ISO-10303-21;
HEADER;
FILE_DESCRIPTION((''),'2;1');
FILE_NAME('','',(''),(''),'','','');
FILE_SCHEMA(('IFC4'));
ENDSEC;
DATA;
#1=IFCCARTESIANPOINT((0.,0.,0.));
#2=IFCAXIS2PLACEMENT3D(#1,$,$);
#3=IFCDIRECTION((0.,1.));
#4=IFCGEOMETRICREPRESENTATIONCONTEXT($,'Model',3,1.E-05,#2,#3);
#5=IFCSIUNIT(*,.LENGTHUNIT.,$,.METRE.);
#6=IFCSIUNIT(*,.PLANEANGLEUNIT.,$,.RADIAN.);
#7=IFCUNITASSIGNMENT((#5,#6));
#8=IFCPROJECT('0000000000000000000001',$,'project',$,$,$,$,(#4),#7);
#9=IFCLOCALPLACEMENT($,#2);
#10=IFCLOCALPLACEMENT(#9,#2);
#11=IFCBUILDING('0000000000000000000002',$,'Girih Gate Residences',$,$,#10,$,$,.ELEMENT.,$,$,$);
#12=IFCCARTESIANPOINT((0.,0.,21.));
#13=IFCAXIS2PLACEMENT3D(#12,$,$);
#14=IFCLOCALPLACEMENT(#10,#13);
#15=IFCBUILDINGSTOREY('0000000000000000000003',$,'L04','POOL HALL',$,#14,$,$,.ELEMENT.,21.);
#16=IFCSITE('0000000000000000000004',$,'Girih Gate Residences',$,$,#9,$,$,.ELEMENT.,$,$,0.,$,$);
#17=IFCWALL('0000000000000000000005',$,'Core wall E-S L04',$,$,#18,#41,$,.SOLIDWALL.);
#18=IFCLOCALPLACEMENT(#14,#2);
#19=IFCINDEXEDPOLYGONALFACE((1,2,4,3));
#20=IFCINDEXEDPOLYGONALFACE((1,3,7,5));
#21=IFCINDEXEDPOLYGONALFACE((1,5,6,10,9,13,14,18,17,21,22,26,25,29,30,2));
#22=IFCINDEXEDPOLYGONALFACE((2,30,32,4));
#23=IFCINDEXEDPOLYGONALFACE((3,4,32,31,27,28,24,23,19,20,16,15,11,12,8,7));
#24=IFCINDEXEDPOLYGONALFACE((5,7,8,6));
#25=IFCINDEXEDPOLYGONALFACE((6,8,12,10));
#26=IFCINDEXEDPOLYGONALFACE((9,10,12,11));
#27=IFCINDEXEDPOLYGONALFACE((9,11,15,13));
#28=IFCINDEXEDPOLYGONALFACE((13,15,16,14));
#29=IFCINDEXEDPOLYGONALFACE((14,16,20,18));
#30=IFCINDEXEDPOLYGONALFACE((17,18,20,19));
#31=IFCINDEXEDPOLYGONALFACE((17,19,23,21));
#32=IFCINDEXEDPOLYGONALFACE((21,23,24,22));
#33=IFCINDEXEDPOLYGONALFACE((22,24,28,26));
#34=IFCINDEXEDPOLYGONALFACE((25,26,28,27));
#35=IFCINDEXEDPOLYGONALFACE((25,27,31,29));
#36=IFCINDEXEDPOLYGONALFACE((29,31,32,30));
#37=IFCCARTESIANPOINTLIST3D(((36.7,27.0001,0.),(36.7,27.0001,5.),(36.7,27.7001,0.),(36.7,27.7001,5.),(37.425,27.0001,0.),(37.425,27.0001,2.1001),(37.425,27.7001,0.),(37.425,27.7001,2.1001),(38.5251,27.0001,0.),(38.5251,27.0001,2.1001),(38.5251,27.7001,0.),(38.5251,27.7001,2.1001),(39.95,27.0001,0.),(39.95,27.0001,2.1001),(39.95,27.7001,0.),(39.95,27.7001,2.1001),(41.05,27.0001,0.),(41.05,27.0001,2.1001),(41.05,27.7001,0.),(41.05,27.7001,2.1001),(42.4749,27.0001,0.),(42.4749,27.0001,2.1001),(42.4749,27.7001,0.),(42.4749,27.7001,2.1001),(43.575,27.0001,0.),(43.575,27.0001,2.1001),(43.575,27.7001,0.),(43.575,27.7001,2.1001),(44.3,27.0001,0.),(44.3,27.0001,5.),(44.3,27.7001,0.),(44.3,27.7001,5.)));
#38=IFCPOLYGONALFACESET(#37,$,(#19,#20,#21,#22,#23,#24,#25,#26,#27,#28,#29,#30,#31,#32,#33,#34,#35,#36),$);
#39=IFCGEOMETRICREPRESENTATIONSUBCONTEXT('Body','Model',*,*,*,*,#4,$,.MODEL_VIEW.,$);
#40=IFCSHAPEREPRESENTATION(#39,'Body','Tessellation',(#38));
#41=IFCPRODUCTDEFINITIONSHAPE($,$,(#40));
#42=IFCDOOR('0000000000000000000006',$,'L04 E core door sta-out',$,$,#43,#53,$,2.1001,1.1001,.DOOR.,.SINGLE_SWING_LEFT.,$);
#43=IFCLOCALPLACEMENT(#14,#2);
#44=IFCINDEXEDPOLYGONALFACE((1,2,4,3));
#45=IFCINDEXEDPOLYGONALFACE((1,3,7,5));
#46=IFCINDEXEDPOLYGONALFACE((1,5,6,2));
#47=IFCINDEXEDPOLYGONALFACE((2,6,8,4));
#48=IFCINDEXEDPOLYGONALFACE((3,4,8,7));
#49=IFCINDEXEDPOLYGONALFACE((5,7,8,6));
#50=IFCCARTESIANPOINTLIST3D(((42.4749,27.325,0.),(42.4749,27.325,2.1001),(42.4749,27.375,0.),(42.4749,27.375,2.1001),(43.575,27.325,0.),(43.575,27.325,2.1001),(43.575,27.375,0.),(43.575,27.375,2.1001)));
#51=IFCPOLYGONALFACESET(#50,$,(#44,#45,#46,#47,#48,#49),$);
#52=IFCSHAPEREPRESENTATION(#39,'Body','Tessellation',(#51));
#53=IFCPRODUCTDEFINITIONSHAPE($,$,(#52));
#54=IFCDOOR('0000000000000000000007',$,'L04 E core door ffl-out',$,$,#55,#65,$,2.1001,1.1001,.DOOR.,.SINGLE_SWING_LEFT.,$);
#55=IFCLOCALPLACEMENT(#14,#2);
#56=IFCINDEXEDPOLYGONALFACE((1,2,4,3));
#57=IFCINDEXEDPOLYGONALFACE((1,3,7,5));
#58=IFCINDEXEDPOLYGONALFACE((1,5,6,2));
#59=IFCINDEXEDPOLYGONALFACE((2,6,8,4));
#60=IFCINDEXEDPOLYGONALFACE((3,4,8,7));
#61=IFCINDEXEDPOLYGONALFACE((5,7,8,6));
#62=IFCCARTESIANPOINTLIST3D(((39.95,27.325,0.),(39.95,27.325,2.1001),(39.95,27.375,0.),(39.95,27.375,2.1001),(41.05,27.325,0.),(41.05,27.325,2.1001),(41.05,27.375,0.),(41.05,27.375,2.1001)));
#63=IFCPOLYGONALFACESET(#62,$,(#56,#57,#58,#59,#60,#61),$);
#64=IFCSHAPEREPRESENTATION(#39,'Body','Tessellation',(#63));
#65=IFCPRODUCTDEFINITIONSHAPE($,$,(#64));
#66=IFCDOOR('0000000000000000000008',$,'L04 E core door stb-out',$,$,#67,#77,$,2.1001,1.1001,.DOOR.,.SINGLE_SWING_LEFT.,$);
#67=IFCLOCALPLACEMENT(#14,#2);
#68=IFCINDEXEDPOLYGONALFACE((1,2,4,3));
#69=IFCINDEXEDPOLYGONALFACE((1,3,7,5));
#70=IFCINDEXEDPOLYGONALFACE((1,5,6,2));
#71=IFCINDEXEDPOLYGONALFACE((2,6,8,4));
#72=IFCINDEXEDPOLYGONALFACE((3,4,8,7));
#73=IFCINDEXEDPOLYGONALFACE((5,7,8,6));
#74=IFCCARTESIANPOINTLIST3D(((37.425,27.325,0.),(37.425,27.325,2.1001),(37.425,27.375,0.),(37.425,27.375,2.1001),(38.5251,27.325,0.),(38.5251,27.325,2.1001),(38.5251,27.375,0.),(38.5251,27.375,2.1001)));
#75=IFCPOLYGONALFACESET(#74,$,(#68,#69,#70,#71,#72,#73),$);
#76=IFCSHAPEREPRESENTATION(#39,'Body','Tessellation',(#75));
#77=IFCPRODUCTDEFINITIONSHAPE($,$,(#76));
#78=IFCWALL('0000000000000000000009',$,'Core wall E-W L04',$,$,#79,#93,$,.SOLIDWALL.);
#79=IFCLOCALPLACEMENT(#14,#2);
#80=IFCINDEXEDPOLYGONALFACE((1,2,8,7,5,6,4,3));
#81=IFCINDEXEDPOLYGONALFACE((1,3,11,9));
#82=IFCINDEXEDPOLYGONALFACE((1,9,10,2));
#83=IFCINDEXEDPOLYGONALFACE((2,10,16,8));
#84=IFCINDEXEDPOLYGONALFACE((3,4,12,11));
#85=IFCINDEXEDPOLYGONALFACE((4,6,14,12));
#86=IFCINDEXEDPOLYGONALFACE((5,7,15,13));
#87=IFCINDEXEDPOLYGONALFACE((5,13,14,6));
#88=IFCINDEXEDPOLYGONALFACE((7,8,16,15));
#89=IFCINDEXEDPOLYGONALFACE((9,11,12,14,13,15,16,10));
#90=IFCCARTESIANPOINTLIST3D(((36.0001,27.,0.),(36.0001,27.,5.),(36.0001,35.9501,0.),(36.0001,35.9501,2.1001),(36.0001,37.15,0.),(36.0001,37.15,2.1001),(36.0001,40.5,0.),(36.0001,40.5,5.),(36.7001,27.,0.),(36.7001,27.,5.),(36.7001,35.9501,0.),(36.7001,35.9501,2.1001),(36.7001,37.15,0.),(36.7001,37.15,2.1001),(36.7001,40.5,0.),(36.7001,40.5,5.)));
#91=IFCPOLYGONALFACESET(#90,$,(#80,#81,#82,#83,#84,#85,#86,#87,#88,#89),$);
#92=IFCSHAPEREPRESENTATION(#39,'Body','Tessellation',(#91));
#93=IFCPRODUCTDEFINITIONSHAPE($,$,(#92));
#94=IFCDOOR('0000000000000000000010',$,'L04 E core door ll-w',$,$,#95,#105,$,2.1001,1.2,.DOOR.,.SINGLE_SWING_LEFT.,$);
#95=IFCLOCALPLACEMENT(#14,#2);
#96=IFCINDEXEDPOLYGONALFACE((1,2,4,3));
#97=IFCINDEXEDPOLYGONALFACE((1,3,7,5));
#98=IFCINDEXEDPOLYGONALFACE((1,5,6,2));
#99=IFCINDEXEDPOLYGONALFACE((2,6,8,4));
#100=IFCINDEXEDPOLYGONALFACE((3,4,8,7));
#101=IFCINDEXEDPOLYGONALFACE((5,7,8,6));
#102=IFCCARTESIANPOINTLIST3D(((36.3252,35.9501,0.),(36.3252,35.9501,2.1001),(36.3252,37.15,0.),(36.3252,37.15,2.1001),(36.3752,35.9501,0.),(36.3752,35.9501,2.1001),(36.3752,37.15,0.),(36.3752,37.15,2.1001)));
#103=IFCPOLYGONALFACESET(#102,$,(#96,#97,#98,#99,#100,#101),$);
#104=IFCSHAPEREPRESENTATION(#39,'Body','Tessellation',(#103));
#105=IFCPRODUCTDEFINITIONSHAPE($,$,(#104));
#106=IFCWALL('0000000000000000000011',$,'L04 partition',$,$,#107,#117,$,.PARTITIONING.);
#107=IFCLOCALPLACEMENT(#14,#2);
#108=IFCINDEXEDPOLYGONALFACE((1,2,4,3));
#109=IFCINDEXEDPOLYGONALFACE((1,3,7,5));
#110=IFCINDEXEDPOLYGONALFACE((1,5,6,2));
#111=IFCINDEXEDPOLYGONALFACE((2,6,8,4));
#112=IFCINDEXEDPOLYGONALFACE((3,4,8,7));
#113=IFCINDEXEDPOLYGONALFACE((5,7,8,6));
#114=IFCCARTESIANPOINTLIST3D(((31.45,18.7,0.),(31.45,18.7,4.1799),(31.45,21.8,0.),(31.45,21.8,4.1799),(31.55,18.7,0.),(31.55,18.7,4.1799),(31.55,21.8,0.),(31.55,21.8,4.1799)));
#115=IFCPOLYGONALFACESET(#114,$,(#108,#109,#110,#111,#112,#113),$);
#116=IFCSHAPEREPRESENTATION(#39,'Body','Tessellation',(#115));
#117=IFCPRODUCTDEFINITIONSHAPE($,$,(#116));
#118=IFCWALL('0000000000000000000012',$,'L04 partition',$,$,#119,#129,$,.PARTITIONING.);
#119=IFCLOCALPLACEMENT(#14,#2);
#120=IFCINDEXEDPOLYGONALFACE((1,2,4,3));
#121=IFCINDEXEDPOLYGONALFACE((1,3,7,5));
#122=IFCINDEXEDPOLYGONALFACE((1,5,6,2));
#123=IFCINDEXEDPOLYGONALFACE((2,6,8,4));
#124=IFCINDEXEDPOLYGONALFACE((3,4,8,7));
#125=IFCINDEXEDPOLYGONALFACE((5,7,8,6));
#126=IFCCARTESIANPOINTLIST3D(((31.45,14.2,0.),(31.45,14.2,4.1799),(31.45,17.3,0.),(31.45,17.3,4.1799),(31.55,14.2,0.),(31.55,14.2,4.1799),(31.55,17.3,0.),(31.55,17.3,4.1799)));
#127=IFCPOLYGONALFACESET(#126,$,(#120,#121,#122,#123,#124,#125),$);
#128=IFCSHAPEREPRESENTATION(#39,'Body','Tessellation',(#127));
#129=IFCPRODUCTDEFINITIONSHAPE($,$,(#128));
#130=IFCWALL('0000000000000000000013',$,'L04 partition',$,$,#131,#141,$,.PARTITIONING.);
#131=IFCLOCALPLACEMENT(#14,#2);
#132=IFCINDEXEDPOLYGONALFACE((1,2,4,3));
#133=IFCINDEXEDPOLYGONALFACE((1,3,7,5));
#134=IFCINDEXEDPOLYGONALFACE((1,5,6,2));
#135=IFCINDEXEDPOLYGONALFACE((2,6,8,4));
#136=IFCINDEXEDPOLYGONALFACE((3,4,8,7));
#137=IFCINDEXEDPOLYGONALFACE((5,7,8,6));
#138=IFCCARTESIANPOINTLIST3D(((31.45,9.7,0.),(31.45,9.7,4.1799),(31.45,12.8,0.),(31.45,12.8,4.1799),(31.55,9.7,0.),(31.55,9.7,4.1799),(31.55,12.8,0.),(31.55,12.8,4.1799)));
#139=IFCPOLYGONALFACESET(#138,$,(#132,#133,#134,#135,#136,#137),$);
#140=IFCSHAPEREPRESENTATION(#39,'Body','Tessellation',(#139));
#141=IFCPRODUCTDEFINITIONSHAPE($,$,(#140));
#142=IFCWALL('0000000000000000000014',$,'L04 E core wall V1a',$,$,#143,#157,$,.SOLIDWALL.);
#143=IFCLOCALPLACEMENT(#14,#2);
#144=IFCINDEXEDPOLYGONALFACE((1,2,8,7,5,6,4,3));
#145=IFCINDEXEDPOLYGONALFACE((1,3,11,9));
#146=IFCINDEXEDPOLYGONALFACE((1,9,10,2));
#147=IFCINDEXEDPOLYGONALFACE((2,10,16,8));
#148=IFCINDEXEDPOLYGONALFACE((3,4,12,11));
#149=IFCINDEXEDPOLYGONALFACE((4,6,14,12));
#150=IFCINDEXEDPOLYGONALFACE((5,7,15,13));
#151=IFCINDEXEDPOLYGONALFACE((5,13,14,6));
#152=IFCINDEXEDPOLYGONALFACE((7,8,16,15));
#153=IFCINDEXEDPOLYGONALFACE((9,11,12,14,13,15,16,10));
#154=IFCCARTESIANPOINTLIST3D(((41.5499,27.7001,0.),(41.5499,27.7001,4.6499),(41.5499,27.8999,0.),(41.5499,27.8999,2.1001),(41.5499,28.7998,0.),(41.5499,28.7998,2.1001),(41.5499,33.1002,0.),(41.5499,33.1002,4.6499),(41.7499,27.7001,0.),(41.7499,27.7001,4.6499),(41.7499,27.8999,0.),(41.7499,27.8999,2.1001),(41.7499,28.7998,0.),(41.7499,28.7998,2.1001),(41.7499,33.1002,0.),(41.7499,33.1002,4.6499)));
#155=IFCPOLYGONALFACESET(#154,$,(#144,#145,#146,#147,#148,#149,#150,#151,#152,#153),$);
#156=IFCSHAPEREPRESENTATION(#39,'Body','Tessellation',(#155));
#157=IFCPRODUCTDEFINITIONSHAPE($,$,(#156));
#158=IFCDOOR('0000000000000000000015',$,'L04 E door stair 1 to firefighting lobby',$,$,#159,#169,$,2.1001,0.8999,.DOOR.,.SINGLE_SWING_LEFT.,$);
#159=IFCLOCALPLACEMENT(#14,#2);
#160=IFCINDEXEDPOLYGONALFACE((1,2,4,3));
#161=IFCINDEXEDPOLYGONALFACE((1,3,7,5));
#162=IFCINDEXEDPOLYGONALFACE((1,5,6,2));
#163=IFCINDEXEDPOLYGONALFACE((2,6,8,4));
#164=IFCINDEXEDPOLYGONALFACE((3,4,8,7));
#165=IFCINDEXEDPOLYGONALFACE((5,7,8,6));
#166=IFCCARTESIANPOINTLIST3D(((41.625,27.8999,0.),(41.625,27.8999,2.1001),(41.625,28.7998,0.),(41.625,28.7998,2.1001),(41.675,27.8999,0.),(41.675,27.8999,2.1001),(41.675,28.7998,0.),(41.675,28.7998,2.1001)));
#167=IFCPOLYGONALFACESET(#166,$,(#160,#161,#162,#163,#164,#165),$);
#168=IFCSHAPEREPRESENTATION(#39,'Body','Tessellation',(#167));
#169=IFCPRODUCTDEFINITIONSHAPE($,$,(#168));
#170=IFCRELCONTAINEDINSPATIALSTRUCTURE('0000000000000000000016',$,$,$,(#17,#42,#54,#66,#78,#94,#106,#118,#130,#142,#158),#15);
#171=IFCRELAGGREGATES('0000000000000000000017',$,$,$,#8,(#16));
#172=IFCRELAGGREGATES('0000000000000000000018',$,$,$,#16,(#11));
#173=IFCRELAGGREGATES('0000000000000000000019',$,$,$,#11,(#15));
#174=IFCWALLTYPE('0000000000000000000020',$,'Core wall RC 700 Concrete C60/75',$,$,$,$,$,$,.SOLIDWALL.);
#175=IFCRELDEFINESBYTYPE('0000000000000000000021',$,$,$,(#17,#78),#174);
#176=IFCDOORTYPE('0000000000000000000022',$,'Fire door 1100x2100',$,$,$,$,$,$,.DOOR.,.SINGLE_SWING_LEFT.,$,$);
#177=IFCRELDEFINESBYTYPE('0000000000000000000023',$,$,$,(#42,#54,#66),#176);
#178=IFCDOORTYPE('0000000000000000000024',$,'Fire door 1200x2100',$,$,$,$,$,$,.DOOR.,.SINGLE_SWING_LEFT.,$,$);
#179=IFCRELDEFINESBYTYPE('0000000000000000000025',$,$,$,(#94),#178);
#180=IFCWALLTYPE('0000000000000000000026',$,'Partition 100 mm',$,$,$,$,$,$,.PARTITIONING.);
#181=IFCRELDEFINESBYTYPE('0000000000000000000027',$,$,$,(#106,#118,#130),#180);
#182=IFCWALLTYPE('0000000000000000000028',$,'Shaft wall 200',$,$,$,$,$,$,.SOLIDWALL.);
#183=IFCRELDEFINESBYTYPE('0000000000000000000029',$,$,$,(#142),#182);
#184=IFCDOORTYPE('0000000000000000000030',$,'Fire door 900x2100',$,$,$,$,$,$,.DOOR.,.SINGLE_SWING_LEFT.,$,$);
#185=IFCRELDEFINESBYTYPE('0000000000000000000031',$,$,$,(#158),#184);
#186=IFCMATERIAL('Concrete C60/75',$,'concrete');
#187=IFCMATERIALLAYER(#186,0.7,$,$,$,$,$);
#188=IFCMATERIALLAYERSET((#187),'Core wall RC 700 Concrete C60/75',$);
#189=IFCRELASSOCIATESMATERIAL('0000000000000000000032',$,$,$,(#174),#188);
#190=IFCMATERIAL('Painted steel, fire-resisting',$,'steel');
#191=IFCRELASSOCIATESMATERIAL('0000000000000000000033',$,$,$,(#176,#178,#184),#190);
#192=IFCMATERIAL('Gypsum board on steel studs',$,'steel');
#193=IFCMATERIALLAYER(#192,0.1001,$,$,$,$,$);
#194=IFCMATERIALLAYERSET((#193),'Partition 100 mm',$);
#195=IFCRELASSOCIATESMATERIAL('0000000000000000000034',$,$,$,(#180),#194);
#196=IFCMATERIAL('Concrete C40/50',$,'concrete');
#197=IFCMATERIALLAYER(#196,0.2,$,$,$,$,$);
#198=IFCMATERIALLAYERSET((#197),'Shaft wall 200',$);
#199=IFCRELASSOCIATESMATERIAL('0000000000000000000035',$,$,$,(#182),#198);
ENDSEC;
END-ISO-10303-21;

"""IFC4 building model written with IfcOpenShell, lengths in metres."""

from ifc_helpers import new_model, si_unit, direction, frame, frame_2d, origin, place, context, subcontext, project, spatial, rectangle, extrude, material, layer, layer_set, type_object, element, fill, save


model = new_model("IFC4")

# Units and contexts
model_context = context("Model", 3, precision=1e-05, world=origin(), true_north=direction((0.0, 1.0)))
body_context = subcontext(model_context, "Body", "Model", "MODEL_VIEW")
ifc_project = project(units=[si_unit("LENGTHUNIT", "METRE"), si_unit("PLANEANGLEUNIT", "RADIAN")], contexts=[model_context])

# Site, building, storey
site_placement = place(None, origin())
site = spatial("IfcSite", under=ifc_project, at=site_placement, Name="Girih Gate Residences", CompositionType="ELEMENT", RefElevation=0.0)
building_placement = place(site_placement, origin())
building = spatial("IfcBuilding", under=site, at=building_placement, Name="Girih Gate Residences", CompositionType="ELEMENT")
storey_placement = place(building_placement, frame((0.0, 0.0, 21.0)))
storey = spatial("IfcBuildingStorey", under=building, at=storey_placement, Name="L04", Description="POOL HALL", CompositionType="ELEMENT", Elevation=21.0)

# Shared definitions
ifc_material_1 = material(Name="Concrete C60/75", Category="concrete")

# Shared definitions
ifc_material_2 = material(Name="Gypsum board on steel studs", Category="steel")

# Wall, openings, doors
ifc_layer_1 = layer(ifc_material_1, 0.7)
ifc_layer_set_1 = layer_set([ifc_layer_1], Name="Core wall RC 700 Concrete C60/75")
wall_type_1 = type_object("IfcWallType", Name="Core wall RC 700 Concrete C60/75", PredefinedType="SOLIDWALL", material=ifc_layer_set_1)
wall_1_placement = place(storey_placement, frame((36.7, 27.3501, 0.0), z_axis=(0.0, 0.0, 1.0), x_axis=(1.0, 0.0, 0.0)))
wall_1 = element("IfcWall", 1, at=wall_1_placement, inside=storey, type_object=wall_type_1, Name="Core wall E-S L04", PredefinedType="SOLIDWALL", context=body_context, shape_type="SweptSolid", body=[
    extrude(rectangle(XDim=7.6001, YDim=0.7, at=frame_2d((3.8, 0.0))), origin(), (0.0, 0.0, 1.0), 5.0),
])
opening_1_placement = place(wall_1_placement, frame((5.7749, 0.0, 0.0)))
opening_1 = element("IfcOpeningElement", 2, at=opening_1_placement, cuts=wall_1, PredefinedType="OPENING", context=body_context, shape_type="SweptSolid", body=[
    extrude(rectangle(XDim=1.1001, YDim=2.1001, at=frame_2d((0.55, 1.05))), frame((0.0, 0.3599, 0.0), z_axis=(0.0, -1.0, 0.0), x_axis=(1.0, 0.0, 0.0)), (0.0, 0.0, 1.0), 0.72),
])
opening_2_placement = place(wall_1_placement, frame((3.25, 0.0, 0.0)))
opening_2 = element("IfcOpeningElement", 3, at=opening_2_placement, cuts=wall_1, PredefinedType="OPENING", context=body_context, shape_type="SweptSolid", body=[
    extrude(rectangle(XDim=1.1001, YDim=2.1001, at=frame_2d((0.55, 1.05))), frame((0.0, 0.3599, 0.0), z_axis=(0.0, -1.0, 0.0), x_axis=(1.0, 0.0, 0.0)), (0.0, 0.0, 1.0), 0.72),
])
opening_3_placement = place(wall_1_placement, frame((0.7251, 0.0, 0.0)))
opening_3 = element("IfcOpeningElement", 4, at=opening_3_placement, cuts=wall_1, PredefinedType="OPENING", context=body_context, shape_type="SweptSolid", body=[
    extrude(rectangle(XDim=1.1001, YDim=2.1001, at=frame_2d((0.55, 1.05))), frame((0.0, 0.3599, 0.0), z_axis=(0.0, -1.0, 0.0), x_axis=(1.0, 0.0, 0.0)), (0.0, 0.0, 1.0), 0.72),
])
ifc_material_3 = material(Name="Painted steel, fire-resisting", Category="steel")
door_type_1 = type_object("IfcDoorType", Name="Fire door 1100x2100", OperationType="SINGLE_SWING_LEFT", PredefinedType="DOOR", material=ifc_material_3)
door_1_placement = place(opening_1_placement, origin())
door_1 = element("IfcDoor", 5, at=door_1_placement, inside=storey, type_object=door_type_1, Name="L04 E core door sta-out", OperationType="SINGLE_SWING_LEFT", OverallHeight=2.1001, OverallWidth=1.1001, PredefinedType="DOOR", context=body_context, shape_type="SweptSolid", body=[
    extrude(rectangle(XDim=1.1001, YDim=2.1001, at=frame_2d((0.55, 1.05))), frame((0.0, 0.0249, 0.0), z_axis=(0.0, -1.0, 0.0), x_axis=(1.0, 0.0, 0.0)), (0.0, 0.0, 1.0), 0.05),
])
fill(opening_1, door_1)
door_2_placement = place(opening_2_placement, origin())
door_2 = element("IfcDoor", 6, at=door_2_placement, inside=storey, type_object=door_type_1, Name="L04 E core door ffl-out", OperationType="SINGLE_SWING_LEFT", OverallHeight=2.1001, OverallWidth=1.1001, PredefinedType="DOOR", context=body_context, shape_type="SweptSolid", body=[
    extrude(rectangle(XDim=1.1001, YDim=2.1001, at=frame_2d((0.55, 1.05))), frame((0.0, 0.0249, 0.0), z_axis=(0.0, -1.0, 0.0), x_axis=(1.0, 0.0, 0.0)), (0.0, 0.0, 1.0), 0.05),
])
fill(opening_2, door_2)
door_3_placement = place(opening_3_placement, origin())
door_3 = element("IfcDoor", 7, at=door_3_placement, inside=storey, type_object=door_type_1, Name="L04 E core door stb-out", OperationType="SINGLE_SWING_LEFT", OverallHeight=2.1001, OverallWidth=1.1001, PredefinedType="DOOR", context=body_context, shape_type="SweptSolid", body=[
    extrude(rectangle(XDim=1.1001, YDim=2.1001, at=frame_2d((0.55, 1.05))), frame((0.0, 0.0249, 0.0), z_axis=(0.0, -1.0, 0.0), x_axis=(1.0, 0.0, 0.0)), (0.0, 0.0, 1.0), 0.05),
])
fill(opening_3, door_3)

# Wall, opening, door
wall_2_placement = place(storey_placement, frame((36.3501, 27.0, 0.0), z_axis=(0.0, 0.0, 1.0), x_axis=(0.0, 1.0, 0.0)))
wall_2 = element("IfcWall", 8, at=wall_2_placement, inside=storey, type_object=wall_type_1, Name="Core wall E-W L04", PredefinedType="SOLIDWALL", context=body_context, shape_type="SweptSolid", body=[
    extrude(rectangle(XDim=13.5, YDim=0.7, at=frame_2d((6.75, 0.0))), origin(), (0.0, 0.0, 1.0), 5.0),
])
opening_4_placement = place(wall_2_placement, frame((8.95, 0.0, 0.0)))
opening_4 = element("IfcOpeningElement", 9, at=opening_4_placement, cuts=wall_2, PredefinedType="OPENING", context=body_context, shape_type="SweptSolid", body=[
    extrude(rectangle(XDim=1.2, YDim=2.1001, at=frame_2d((0.6001, 1.05))), frame((0.0, 0.3599, 0.0), z_axis=(0.0, -1.0, 0.0), x_axis=(1.0, 0.0, 0.0)), (0.0, 0.0, 1.0), 0.72),
])
door_type_2 = type_object("IfcDoorType", Name="Fire door 1200x2100", OperationType="SINGLE_SWING_LEFT", PredefinedType="DOOR", material=ifc_material_3)
door_4_placement = place(opening_4_placement, origin())
door_4 = element("IfcDoor", 10, at=door_4_placement, inside=storey, type_object=door_type_2, Name="L04 E core door ll-w", OperationType="SINGLE_SWING_LEFT", OverallHeight=2.1001, OverallWidth=1.2, PredefinedType="DOOR", context=body_context, shape_type="SweptSolid", body=[
    extrude(rectangle(XDim=1.2, YDim=2.1001, at=frame_2d((0.6001, 1.05))), frame((0.0, 0.0249, 0.0), z_axis=(0.0, -1.0, 0.0), x_axis=(1.0, 0.0, 0.0)), (0.0, 0.0, 1.0), 0.05),
])
fill(opening_4, door_4)

# Walls
ifc_layer_2 = layer(ifc_material_2, 0.1001)
ifc_layer_set_2 = layer_set([ifc_layer_2], Name="Partition 100 mm")
wall_type_2 = type_object("IfcWallType", Name="Partition 100 mm", PredefinedType="PARTITIONING", material=ifc_layer_set_2)
for number, where, z_axis, x_axis, name in (
    (11, (31.5, 18.7, 0.0), (0.0, 0.0, 1.0), (0.0, 1.0, 0.0), "L04 partition"),
    (12, (31.5, 14.2, 0.0), (0.0, 0.0, 1.0), (0.0, 1.0, 0.0), "L04 partition"),
    (13, (31.5, 9.7, 0.0), (0.0, 0.0, 1.0), (0.0, 1.0, 0.0), "L04 partition"),
):
    element("IfcWall", number, at=place(storey_placement, frame(where, z_axis=z_axis, x_axis=x_axis)), inside=storey, type_object=wall_type_2, Name=name, PredefinedType="PARTITIONING", context=body_context, shape_type="SweptSolid", body=[
        extrude(rectangle(XDim=3.1001, YDim=0.1001, at=frame_2d((1.55, 0.0))), origin(), (0.0, 0.0, 1.0), 4.1799),
    ])

# Wall, opening, door
ifc_material_4 = material(Name="Concrete C40/50", Category="concrete")
ifc_layer_3 = layer(ifc_material_4, 0.2)
ifc_layer_set_3 = layer_set([ifc_layer_3], Name="Shaft wall 200")
wall_type_3 = type_object("IfcWallType", Name="Shaft wall 200", PredefinedType="SOLIDWALL", material=ifc_layer_set_3)
wall_3_placement = place(storey_placement, frame((41.6499, 27.7, 0.0), z_axis=(0.0, 0.0, 1.0), x_axis=(0.0, 1.0, 0.0)))
wall_3 = element("IfcWall", 14, at=wall_3_placement, inside=storey, type_object=wall_type_3, Name="L04 E core wall V1a", PredefinedType="SOLIDWALL", context=body_context, shape_type="SweptSolid", body=[
    extrude(rectangle(XDim=5.4001, YDim=0.2, at=frame_2d((2.7002, 0.0))), origin(), (0.0, 0.0, 1.0), 4.6499),
])
opening_5_placement = place(wall_3_placement, frame((0.2, 0.0, 0.0)))
opening_5 = element("IfcOpeningElement", 15, at=opening_5_placement, cuts=wall_3, PredefinedType="OPENING", context=body_context, shape_type="SweptSolid", body=[
    extrude(rectangle(XDim=0.8999, YDim=2.1001, at=frame_2d((0.45, 1.05))), frame((0.0, 0.1099, 0.0), z_axis=(0.0, -1.0, 0.0), x_axis=(1.0, 0.0, 0.0)), (0.0, 0.0, 1.0), 0.22),
])
door_type_3 = type_object("IfcDoorType", Name="Fire door 900x2100", OperationType="SINGLE_SWING_LEFT", PredefinedType="DOOR", material=ifc_material_3)
door_5_placement = place(opening_5_placement, origin())
door_5 = element("IfcDoor", 16, at=door_5_placement, inside=storey, type_object=door_type_3, Name="L04 E door stair 1 to firefighting lobby", OperationType="SINGLE_SWING_LEFT", OverallHeight=2.1001, OverallWidth=0.8999, PredefinedType="DOOR", context=body_context, shape_type="SweptSolid", body=[
    extrude(rectangle(XDim=0.8999, YDim=2.1001, at=frame_2d((0.45, 1.05))), frame((0.0, 0.0249, 0.0), z_axis=(0.0, -1.0, 0.0), x_axis=(1.0, 0.0, 0.0)), (0.0, 0.0, 1.0), 0.05),
])
fill(opening_5, door_5)

save(model, "model.ifc")
